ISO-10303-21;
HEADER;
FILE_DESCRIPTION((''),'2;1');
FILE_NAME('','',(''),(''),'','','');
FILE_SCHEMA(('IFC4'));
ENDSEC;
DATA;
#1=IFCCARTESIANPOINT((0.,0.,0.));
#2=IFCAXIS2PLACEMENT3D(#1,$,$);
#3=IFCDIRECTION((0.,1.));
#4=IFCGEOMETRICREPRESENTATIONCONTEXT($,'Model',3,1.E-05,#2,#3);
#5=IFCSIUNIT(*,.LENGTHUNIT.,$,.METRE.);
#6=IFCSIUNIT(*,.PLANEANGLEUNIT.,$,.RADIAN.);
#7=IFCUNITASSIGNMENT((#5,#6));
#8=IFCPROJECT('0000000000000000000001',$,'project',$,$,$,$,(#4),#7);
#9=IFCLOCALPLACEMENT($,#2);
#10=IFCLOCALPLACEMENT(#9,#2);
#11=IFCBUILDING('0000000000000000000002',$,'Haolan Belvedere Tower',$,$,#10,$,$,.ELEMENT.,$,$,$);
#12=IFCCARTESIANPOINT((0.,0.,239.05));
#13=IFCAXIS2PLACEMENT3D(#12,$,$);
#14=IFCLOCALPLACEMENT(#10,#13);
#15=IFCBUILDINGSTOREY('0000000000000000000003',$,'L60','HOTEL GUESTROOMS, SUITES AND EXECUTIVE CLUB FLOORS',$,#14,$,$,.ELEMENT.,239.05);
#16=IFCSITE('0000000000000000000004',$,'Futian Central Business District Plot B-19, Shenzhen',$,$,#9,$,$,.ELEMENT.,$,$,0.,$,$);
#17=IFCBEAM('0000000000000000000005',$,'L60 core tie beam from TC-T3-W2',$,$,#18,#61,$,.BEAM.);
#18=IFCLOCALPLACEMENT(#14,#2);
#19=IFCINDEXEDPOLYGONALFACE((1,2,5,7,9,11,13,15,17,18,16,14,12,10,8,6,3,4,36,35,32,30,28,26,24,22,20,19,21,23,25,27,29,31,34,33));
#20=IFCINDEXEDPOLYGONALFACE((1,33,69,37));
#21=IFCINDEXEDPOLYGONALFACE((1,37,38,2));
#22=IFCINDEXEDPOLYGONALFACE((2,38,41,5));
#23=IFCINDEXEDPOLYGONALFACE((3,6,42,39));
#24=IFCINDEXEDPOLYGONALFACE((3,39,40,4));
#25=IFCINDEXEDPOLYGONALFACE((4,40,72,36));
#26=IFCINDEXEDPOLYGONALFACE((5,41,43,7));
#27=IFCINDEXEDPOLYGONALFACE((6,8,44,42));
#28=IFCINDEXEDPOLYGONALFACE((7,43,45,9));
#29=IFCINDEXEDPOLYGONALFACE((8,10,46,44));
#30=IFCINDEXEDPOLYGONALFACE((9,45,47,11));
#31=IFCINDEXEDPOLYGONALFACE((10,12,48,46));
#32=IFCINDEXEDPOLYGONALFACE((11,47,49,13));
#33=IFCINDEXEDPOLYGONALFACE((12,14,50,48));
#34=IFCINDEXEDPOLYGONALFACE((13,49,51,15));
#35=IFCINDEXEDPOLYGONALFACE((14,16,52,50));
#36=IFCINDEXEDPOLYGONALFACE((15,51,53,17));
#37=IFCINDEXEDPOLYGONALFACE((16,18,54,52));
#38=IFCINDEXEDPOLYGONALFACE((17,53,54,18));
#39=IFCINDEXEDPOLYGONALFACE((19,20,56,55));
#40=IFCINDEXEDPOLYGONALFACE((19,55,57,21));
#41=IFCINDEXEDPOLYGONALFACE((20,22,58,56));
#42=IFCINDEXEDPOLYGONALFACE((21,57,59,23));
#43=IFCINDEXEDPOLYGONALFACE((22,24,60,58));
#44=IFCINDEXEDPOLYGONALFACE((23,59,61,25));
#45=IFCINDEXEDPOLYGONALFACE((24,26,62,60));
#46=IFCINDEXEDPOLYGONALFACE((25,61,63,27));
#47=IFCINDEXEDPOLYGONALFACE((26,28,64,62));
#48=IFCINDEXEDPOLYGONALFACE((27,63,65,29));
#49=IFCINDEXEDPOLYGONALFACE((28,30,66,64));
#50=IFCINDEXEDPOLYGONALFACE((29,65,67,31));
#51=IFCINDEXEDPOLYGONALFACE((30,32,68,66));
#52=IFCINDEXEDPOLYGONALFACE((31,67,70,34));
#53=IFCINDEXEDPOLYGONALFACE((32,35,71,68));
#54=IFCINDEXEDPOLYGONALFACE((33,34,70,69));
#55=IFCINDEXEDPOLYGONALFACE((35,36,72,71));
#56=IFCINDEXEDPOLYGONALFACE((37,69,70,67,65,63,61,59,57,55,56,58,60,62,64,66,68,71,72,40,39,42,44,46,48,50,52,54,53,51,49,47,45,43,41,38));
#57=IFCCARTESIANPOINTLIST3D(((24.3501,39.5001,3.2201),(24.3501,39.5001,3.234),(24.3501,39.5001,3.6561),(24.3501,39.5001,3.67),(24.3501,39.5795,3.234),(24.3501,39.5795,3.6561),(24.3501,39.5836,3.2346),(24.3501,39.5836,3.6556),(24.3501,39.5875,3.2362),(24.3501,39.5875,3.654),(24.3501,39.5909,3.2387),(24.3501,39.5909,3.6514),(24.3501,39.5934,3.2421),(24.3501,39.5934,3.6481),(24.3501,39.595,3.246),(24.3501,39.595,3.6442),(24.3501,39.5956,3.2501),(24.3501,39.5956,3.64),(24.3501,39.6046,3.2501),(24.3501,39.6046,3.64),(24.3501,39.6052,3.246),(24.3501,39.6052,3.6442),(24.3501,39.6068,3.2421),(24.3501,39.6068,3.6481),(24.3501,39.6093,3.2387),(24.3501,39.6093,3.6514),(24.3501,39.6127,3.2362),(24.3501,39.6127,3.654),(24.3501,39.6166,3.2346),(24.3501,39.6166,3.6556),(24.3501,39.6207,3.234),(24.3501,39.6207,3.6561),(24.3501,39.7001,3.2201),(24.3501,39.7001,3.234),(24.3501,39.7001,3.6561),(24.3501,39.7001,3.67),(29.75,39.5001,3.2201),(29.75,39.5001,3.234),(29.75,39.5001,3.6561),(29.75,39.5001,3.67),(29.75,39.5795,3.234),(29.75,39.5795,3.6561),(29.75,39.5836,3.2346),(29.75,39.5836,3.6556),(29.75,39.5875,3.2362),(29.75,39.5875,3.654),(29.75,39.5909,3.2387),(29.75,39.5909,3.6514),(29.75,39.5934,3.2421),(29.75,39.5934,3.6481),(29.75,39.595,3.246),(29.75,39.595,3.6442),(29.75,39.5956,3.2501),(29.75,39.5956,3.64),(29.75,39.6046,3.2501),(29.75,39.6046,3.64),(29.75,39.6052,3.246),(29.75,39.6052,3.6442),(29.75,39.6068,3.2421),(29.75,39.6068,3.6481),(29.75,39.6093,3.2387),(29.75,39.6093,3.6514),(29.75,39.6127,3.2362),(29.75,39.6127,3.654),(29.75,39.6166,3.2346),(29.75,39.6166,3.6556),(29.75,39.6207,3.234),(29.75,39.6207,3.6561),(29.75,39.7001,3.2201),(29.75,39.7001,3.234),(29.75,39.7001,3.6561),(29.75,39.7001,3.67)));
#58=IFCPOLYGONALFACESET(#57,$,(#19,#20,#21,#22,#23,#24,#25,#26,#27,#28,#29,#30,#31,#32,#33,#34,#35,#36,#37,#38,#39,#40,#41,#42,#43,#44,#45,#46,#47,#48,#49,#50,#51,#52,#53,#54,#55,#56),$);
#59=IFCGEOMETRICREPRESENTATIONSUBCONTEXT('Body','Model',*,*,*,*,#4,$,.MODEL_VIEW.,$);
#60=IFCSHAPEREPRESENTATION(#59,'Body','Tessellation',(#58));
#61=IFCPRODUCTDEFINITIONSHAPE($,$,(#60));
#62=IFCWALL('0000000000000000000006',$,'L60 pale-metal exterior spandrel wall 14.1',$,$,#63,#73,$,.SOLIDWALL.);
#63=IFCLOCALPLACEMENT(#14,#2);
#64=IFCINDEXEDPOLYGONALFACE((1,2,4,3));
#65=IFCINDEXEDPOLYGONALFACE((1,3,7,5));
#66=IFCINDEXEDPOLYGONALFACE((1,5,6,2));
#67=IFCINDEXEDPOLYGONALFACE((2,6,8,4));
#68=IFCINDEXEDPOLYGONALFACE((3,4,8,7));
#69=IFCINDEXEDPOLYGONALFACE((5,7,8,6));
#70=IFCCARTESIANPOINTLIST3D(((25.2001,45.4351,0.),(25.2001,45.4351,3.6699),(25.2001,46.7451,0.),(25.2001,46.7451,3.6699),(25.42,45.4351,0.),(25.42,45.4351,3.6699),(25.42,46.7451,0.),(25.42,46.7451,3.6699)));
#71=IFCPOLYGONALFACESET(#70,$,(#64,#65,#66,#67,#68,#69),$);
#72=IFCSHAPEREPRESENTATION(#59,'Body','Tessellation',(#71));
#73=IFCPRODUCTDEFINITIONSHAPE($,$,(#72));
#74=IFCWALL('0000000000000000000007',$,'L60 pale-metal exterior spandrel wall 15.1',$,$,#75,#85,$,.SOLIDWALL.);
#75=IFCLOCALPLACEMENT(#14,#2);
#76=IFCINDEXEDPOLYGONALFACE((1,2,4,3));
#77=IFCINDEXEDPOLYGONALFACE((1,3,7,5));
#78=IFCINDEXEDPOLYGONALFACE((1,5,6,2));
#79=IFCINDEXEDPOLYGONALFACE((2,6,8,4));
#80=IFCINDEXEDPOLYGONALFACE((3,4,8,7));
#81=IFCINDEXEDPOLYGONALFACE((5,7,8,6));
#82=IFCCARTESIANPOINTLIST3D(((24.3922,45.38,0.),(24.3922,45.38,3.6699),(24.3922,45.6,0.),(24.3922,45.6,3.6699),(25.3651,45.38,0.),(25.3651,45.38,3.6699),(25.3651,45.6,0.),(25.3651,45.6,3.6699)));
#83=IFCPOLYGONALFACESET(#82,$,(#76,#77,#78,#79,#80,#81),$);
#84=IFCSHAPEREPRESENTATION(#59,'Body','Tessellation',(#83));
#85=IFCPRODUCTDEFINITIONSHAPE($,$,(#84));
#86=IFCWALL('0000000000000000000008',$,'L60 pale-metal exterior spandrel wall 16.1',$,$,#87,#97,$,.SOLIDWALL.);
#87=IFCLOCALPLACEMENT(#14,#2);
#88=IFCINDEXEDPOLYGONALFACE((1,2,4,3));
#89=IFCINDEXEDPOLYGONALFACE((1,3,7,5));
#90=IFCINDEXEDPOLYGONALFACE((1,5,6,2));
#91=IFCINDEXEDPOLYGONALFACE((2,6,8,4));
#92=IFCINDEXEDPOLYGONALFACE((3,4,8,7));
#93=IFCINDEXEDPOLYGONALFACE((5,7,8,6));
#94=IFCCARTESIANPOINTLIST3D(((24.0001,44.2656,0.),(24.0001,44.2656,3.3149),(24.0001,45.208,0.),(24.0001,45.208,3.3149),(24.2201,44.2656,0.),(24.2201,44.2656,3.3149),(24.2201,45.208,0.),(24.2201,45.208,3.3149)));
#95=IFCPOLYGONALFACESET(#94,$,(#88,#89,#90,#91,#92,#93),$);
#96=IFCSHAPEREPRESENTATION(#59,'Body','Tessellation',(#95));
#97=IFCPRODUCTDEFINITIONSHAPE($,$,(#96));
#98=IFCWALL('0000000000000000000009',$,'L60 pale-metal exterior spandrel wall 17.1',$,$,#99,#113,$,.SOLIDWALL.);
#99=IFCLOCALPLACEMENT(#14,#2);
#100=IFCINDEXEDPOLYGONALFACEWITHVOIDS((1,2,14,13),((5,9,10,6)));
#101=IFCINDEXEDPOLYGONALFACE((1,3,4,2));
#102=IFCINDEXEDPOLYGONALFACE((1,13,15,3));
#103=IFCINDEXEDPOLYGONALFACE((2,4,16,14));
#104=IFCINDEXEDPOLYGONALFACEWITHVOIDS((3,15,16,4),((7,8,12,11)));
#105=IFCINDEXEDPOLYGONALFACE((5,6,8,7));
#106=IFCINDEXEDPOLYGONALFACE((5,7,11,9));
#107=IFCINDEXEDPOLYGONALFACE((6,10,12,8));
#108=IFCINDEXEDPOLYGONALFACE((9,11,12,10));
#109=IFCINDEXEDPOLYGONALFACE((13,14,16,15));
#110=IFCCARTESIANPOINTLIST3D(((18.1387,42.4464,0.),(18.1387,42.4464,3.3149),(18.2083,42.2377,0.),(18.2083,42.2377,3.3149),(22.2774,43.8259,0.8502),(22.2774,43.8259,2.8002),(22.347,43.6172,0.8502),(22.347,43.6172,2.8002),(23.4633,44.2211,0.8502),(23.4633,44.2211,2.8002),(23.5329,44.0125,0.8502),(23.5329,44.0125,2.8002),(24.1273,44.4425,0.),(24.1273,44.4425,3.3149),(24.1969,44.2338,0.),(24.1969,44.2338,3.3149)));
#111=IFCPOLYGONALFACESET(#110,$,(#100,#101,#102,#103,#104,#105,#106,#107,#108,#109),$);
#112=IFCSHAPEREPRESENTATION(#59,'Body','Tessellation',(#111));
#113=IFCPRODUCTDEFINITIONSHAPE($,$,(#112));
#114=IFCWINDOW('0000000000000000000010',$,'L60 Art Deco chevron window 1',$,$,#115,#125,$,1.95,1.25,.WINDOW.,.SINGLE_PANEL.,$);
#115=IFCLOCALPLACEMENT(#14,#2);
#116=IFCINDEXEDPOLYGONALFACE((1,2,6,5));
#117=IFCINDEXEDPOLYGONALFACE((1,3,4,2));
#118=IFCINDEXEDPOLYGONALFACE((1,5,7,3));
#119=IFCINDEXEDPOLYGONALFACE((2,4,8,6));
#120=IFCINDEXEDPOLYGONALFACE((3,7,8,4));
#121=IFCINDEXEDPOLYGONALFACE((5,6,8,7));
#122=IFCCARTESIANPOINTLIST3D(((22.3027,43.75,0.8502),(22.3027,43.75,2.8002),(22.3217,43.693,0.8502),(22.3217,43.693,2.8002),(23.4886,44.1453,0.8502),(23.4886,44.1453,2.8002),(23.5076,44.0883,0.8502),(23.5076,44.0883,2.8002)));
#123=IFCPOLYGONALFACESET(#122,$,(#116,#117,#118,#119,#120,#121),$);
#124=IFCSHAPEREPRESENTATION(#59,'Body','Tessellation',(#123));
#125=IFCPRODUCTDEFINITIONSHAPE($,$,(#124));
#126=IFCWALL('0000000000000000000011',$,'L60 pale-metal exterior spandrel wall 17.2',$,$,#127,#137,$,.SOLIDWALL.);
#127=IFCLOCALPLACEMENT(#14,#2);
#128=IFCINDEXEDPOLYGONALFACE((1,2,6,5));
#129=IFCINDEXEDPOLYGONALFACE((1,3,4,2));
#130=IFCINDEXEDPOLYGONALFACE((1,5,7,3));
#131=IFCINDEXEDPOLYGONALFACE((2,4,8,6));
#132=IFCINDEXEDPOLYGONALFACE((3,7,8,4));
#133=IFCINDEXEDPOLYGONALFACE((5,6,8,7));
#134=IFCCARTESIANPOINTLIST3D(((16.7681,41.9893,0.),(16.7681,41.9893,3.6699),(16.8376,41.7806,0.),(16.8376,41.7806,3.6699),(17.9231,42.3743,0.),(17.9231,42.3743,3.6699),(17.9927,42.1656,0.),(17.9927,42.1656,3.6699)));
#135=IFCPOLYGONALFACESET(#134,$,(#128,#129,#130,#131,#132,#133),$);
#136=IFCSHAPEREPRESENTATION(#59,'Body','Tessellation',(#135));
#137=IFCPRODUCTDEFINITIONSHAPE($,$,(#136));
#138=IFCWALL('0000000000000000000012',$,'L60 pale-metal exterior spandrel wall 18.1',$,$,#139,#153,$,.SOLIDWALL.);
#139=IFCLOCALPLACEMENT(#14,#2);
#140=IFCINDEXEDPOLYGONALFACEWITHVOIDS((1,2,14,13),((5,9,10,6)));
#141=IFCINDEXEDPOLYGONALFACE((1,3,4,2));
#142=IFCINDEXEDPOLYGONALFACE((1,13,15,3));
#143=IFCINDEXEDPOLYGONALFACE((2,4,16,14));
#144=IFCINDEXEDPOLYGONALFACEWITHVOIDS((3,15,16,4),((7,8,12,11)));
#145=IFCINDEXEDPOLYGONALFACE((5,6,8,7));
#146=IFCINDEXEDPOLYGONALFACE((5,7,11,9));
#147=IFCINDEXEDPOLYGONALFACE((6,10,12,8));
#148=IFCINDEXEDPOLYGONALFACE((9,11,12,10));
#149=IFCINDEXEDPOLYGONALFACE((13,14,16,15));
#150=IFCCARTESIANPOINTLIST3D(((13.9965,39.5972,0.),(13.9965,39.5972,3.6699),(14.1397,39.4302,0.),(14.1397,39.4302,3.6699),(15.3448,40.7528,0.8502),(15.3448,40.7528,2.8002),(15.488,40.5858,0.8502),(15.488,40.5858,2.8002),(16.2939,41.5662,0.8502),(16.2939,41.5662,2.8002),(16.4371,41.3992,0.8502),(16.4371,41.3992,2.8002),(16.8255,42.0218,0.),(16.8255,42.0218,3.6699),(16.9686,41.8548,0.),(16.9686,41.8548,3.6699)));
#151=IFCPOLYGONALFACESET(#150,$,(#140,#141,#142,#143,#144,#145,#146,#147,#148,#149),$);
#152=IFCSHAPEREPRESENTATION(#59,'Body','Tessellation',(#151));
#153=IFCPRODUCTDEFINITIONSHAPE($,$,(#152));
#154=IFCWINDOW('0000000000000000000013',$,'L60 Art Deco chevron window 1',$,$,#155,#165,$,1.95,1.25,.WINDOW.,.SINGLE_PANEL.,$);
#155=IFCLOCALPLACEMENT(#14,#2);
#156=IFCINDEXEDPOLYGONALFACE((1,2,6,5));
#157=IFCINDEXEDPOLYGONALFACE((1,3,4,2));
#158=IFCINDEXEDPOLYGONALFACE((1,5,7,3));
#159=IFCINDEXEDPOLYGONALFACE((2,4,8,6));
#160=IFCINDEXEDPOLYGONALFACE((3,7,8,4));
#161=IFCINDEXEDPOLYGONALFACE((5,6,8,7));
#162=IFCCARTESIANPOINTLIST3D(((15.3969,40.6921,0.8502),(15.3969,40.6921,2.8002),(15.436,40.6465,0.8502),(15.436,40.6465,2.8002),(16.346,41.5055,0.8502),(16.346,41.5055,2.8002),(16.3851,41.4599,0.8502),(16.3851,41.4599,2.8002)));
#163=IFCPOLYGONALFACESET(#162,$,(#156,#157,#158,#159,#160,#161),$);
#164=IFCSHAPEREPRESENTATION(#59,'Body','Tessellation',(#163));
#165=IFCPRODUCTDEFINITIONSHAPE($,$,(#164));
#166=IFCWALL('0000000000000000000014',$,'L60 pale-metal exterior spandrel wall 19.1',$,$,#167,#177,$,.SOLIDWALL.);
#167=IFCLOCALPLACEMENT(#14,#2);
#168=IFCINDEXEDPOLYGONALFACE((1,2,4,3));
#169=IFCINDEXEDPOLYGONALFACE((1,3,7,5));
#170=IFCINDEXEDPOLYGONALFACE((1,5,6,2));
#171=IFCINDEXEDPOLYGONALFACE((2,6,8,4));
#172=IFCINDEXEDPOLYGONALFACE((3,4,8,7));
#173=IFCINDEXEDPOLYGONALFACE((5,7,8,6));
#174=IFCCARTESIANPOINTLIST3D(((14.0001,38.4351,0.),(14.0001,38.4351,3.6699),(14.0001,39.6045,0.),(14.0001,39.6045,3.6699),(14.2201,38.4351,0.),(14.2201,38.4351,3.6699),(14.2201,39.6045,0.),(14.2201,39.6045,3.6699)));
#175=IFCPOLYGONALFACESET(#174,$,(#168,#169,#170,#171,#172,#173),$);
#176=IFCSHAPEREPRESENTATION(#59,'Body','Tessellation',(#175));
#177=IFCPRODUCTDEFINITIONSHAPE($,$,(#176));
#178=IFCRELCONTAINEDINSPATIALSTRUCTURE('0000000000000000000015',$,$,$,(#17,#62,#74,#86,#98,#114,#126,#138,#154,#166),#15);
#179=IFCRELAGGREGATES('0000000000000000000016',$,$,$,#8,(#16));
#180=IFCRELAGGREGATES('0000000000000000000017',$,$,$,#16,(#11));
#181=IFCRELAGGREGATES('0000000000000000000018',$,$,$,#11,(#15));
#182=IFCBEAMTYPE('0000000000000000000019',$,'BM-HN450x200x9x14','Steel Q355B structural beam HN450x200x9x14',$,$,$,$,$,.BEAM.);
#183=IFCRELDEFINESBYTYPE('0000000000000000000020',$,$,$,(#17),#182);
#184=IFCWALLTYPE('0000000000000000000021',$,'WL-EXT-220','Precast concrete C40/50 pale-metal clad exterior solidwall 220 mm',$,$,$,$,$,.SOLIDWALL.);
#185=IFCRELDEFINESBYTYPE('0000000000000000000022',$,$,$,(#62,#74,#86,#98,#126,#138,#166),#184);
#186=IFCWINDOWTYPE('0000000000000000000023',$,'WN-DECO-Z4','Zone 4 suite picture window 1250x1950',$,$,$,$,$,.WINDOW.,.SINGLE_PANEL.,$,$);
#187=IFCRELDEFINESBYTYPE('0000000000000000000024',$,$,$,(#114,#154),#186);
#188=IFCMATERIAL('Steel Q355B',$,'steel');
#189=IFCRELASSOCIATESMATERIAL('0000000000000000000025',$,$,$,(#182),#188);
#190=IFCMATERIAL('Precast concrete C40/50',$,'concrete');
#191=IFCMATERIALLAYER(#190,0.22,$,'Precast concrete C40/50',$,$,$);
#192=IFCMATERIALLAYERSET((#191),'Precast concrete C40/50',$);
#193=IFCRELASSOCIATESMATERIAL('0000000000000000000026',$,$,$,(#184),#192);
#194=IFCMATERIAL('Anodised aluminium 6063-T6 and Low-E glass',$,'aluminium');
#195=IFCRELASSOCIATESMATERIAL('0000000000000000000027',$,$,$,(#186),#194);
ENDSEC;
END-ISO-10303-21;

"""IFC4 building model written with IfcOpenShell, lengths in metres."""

from ifc_helpers import new_model, si_unit, direction, frame, frame_2d, origin, origin_2d, place, context, subcontext, project, spatial, rectangle, i_section, extrude, material, layer, layer_set, material_profile, profile_set, type_object, element, fill, save


model = new_model("IFC4")

# Units and contexts
model_context = context("Model", 3, precision=1e-05, world=origin(), true_north=direction((0.0, 1.0)))
body_context = subcontext(model_context, "Body", "Model", "MODEL_VIEW")
ifc_project = project(units=[si_unit("LENGTHUNIT", "METRE"), si_unit("PLANEANGLEUNIT", "RADIAN")], contexts=[model_context])

# Site, building, storey
site_placement = place(None, origin())
site = spatial("IfcSite", under=ifc_project, at=site_placement, Name="Futian Central Business District Plot B-19, Shenzhen", CompositionType="ELEMENT", RefElevation=0.0)
building_placement = place(site_placement, origin())
building = spatial("IfcBuilding", under=site, at=building_placement, Name="Haolan Belvedere Tower", CompositionType="ELEMENT")
storey_placement = place(building_placement, frame((0.0, 0.0, 239.05)))
storey = spatial("IfcBuildingStorey", under=building, at=storey_placement, Name="L60", Description="HOTEL GUESTROOMS, SUITES AND EXECUTIVE CLUB FLOORS", CompositionType="ELEMENT", Elevation=239.05)

# Beam
ifc_material_1 = material(Name="Steel Q355B", Category="steel")
ifc_material_profile_1 = material_profile(ifc_material_1, i_section(OverallWidth=0.2, OverallDepth=0.45, WebThickness=0.009, FlangeThickness=0.0139, FilletRadius=0.0161, at=origin_2d()), Name="Steel Q355B")
ifc_profile_set_1 = profile_set([ifc_material_profile_1], Name="Steel Q355B")
beam_type_1 = type_object("IfcBeamType", Name="BM-HN450x200x9x14", Description="Steel Q355B structural beam HN450x200x9x14", PredefinedType="BEAM", material=ifc_profile_set_1)
beam_1_placement = place(storey_placement, frame((24.3501, 39.6001, 3.4451), z_axis=(1.0, 0.0, 0.0), x_axis=(0.0, 1.0, 0.0)))
element("IfcBeam", 1, at=beam_1_placement, inside=storey, type_object=beam_type_1, Name="L60 core tie beam from TC-T3-W2", PredefinedType="BEAM", context=body_context, shape_type="SweptSolid", body=[
    extrude(i_section(OverallWidth=0.2, OverallDepth=0.45, WebThickness=0.009, FlangeThickness=0.0139, FilletRadius=0.0161, at=origin_2d()), origin(), (0.0, 0.0, 1.0), 5.3999),
])

# Walls
ifc_material_2 = material(Name="Precast concrete C40/50", Category="concrete")
ifc_layer = layer(ifc_material_2, 0.22, Name="Precast concrete C40/50")
ifc_layer_set = layer_set([ifc_layer], Name="Precast concrete C40/50")
wall_type = type_object("IfcWallType", Name="WL-EXT-220", Description="Precast concrete C40/50 pale-metal clad exterior solidwall 220 mm", PredefinedType="SOLIDWALL", material=ifc_layer_set)
wall_1_placement = place(storey_placement, frame((25.3101, 46.7451, 0.0), z_axis=(0.0, 0.0, 1.0), x_axis=(0.0, -1.0, 0.0)))
element("IfcWall", 2, at=wall_1_placement, inside=storey, type_object=wall_type, Name="L60 pale-metal exterior spandrel wall 14.1", PredefinedType="SOLIDWALL", context=body_context, shape_type="SweptSolid", body=[
    extrude(rectangle(XDim=1.3101, YDim=0.22, at=frame_2d((0.655, 0.0))), origin(), (0.0, 0.0, 1.0), 3.6699),
])
wall_2_placement = place(storey_placement, frame((25.365, 45.49, 0.0), z_axis=(0.0, 0.0, 1.0), x_axis=(-1.0, 0.0, 0.0)))
element("IfcWall", 3, at=wall_2_placement, inside=storey, type_object=wall_type, Name="L60 pale-metal exterior spandrel wall 15.1", PredefinedType="SOLIDWALL", context=body_context, shape_type="SweptSolid", body=[
    extrude(rectangle(XDim=0.9729, YDim=0.22, at=frame_2d((0.4863, 0.0))), origin(), (0.0, 0.0, 1.0), 3.6699),
])
wall_3_placement = place(storey_placement, frame((24.1101, 45.208, 0.0), z_axis=(0.0, 0.0, 1.0), x_axis=(0.0, -1.0, 0.0)))
element("IfcWall", 4, at=wall_3_placement, inside=storey, type_object=wall_type, Name="L60 pale-metal exterior spandrel wall 16.1", PredefinedType="SOLIDWALL", context=body_context, shape_type="SweptSolid", body=[
    extrude(rectangle(XDim=0.9424, YDim=0.22, at=frame_2d((0.4712, 0.0))), origin(), (0.0, 0.0, 1.0), 3.3149),
])

# Wall, opening, window
wall_4_placement = place(storey_placement, frame((24.1621, 44.3381, 0.0), z_axis=(0.0, 0.0, 1.0), x_axis=(-0.948687, -0.316216, 0.0)))
wall_4 = element("IfcWall", 5, at=wall_4_placement, inside=storey, type_object=wall_type, Name="L60 pale-metal exterior spandrel wall 17.1", PredefinedType="SOLIDWALL", context=body_context, shape_type="SweptSolid", body=[
    extrude(rectangle(XDim=6.3125, YDim=0.22, at=frame_2d((3.1562, 0.0))), origin(), (0.0, 0.0, 1.0), 3.3149),
])
opening_1_placement = place(wall_4_placement, frame((0.7, 0.0, 0.8501)))
opening_1 = element("IfcOpeningElement", 6, at=opening_1_placement, cuts=wall_4, PredefinedType="OPENING", context=body_context, shape_type="SweptSolid", body=[
    extrude(rectangle(XDim=1.25, YDim=1.95, at=frame_2d((0.625, 0.9751))), frame((0.0, 0.1199, 0.0), z_axis=(0.0, -1.0, 0.0), x_axis=(1.0, 0.0, 0.0)), (0.0, 0.0, 1.0), 0.24),
])
ifc_material_3 = material(Name="Anodised aluminium 6063-T6 and Low-E glass", Category="aluminium")
window_type = type_object("IfcWindowType", Name="WN-DECO-Z4", Description="Zone 4 suite picture window 1250x1950", PartitioningType="SINGLE_PANEL", PredefinedType="WINDOW", material=ifc_material_3)
window_1_placement = place(opening_1_placement, origin())
window_1 = element("IfcWindow", 7, at=window_1_placement, inside=storey, type_object=window_type, Name="L60 Art Deco chevron window 1", OverallHeight=1.95, OverallWidth=1.25, PartitioningType="SINGLE_PANEL", PredefinedType="WINDOW", context=body_context, shape_type="SweptSolid", body=[
    extrude(rectangle(XDim=1.25, YDim=1.95, at=frame_2d((0.625, 0.9751))), frame((0.0, 0.03, 0.0), z_axis=(0.0, -1.0, 0.0), x_axis=(1.0, 0.0, 0.0)), (0.0, 0.0, 1.0), 0.0601),
])
fill(opening_1, window_1)

# Wall
wall_5_placement = place(storey_placement, frame((17.958, 42.27, 0.0), z_axis=(0.0, 0.0, 1.0), x_axis=(-0.948683, -0.316228, 0.0)))
element("IfcWall", 8, at=wall_5_placement, inside=storey, type_object=wall_type, Name="L60 pale-metal exterior spandrel wall 17.2", PredefinedType="SOLIDWALL", context=body_context, shape_type="SweptSolid", body=[
    extrude(rectangle(XDim=1.2175, YDim=0.22, at=frame_2d((0.6089, 0.0))), origin(), (0.0, 0.0, 1.0), 3.6699),
])

# Wall, opening, window
wall_6_placement = place(storey_placement, frame((16.897, 41.9382, 0.0), z_axis=(0.0, 0.0, 1.0), x_axis=(-0.75928, -0.650764, 0.0)))
wall_6 = element("IfcWall", 9, at=wall_6_placement, inside=storey, type_object=wall_type, Name="L60 pale-metal exterior spandrel wall 18.1", PredefinedType="SOLIDWALL", context=body_context, shape_type="SweptSolid", body=[
    extrude(rectangle(XDim=3.7258, YDim=0.22, at=frame_2d((1.8628, 0.0))), origin(), (0.0, 0.0, 1.0), 3.6699),
])
opening_2_placement = place(wall_6_placement, frame((0.7, 0.0, 0.8501)))
opening_2 = element("IfcOpeningElement", 10, at=opening_2_placement, cuts=wall_6, PredefinedType="OPENING", context=body_context, shape_type="SweptSolid", body=[
    extrude(rectangle(XDim=1.25, YDim=1.95, at=frame_2d((0.625, 0.9751))), frame((0.0, 0.1199, 0.0), z_axis=(0.0, -1.0, 0.0), x_axis=(1.0, 0.0, 0.0)), (0.0, 0.0, 1.0), 0.24),
])
window_2_placement = place(opening_2_placement, origin())
window_2 = element("IfcWindow", 11, at=window_2_placement, inside=storey, type_object=window_type, Name="L60 Art Deco chevron window 1", OverallHeight=1.95, OverallWidth=1.25, PartitioningType="SINGLE_PANEL", PredefinedType="WINDOW", context=body_context, shape_type="SweptSolid", body=[
    extrude(rectangle(XDim=1.25, YDim=1.95, at=frame_2d((0.625, 0.9751))), frame((0.0, 0.03, 0.0), z_axis=(0.0, -1.0, 0.0), x_axis=(1.0, 0.0, 0.0)), (0.0, 0.0, 1.0), 0.0601),
])
fill(opening_2, window_2)

# Wall
wall_7_placement = place(storey_placement, frame((14.1101, 39.6045, 0.0), z_axis=(0.0, 0.0, 1.0), x_axis=(0.0, -1.0, 0.0)))
element("IfcWall", 12, at=wall_7_placement, inside=storey, type_object=wall_type, Name="L60 pale-metal exterior spandrel wall 19.1", PredefinedType="SOLIDWALL", context=body_context, shape_type="SweptSolid", body=[
    extrude(rectangle(XDim=1.1694, YDim=0.22, at=frame_2d((0.5847, 0.0))), origin(), (0.0, 0.0, 1.0), 3.6699),
])

save(model, "model.ifc")
